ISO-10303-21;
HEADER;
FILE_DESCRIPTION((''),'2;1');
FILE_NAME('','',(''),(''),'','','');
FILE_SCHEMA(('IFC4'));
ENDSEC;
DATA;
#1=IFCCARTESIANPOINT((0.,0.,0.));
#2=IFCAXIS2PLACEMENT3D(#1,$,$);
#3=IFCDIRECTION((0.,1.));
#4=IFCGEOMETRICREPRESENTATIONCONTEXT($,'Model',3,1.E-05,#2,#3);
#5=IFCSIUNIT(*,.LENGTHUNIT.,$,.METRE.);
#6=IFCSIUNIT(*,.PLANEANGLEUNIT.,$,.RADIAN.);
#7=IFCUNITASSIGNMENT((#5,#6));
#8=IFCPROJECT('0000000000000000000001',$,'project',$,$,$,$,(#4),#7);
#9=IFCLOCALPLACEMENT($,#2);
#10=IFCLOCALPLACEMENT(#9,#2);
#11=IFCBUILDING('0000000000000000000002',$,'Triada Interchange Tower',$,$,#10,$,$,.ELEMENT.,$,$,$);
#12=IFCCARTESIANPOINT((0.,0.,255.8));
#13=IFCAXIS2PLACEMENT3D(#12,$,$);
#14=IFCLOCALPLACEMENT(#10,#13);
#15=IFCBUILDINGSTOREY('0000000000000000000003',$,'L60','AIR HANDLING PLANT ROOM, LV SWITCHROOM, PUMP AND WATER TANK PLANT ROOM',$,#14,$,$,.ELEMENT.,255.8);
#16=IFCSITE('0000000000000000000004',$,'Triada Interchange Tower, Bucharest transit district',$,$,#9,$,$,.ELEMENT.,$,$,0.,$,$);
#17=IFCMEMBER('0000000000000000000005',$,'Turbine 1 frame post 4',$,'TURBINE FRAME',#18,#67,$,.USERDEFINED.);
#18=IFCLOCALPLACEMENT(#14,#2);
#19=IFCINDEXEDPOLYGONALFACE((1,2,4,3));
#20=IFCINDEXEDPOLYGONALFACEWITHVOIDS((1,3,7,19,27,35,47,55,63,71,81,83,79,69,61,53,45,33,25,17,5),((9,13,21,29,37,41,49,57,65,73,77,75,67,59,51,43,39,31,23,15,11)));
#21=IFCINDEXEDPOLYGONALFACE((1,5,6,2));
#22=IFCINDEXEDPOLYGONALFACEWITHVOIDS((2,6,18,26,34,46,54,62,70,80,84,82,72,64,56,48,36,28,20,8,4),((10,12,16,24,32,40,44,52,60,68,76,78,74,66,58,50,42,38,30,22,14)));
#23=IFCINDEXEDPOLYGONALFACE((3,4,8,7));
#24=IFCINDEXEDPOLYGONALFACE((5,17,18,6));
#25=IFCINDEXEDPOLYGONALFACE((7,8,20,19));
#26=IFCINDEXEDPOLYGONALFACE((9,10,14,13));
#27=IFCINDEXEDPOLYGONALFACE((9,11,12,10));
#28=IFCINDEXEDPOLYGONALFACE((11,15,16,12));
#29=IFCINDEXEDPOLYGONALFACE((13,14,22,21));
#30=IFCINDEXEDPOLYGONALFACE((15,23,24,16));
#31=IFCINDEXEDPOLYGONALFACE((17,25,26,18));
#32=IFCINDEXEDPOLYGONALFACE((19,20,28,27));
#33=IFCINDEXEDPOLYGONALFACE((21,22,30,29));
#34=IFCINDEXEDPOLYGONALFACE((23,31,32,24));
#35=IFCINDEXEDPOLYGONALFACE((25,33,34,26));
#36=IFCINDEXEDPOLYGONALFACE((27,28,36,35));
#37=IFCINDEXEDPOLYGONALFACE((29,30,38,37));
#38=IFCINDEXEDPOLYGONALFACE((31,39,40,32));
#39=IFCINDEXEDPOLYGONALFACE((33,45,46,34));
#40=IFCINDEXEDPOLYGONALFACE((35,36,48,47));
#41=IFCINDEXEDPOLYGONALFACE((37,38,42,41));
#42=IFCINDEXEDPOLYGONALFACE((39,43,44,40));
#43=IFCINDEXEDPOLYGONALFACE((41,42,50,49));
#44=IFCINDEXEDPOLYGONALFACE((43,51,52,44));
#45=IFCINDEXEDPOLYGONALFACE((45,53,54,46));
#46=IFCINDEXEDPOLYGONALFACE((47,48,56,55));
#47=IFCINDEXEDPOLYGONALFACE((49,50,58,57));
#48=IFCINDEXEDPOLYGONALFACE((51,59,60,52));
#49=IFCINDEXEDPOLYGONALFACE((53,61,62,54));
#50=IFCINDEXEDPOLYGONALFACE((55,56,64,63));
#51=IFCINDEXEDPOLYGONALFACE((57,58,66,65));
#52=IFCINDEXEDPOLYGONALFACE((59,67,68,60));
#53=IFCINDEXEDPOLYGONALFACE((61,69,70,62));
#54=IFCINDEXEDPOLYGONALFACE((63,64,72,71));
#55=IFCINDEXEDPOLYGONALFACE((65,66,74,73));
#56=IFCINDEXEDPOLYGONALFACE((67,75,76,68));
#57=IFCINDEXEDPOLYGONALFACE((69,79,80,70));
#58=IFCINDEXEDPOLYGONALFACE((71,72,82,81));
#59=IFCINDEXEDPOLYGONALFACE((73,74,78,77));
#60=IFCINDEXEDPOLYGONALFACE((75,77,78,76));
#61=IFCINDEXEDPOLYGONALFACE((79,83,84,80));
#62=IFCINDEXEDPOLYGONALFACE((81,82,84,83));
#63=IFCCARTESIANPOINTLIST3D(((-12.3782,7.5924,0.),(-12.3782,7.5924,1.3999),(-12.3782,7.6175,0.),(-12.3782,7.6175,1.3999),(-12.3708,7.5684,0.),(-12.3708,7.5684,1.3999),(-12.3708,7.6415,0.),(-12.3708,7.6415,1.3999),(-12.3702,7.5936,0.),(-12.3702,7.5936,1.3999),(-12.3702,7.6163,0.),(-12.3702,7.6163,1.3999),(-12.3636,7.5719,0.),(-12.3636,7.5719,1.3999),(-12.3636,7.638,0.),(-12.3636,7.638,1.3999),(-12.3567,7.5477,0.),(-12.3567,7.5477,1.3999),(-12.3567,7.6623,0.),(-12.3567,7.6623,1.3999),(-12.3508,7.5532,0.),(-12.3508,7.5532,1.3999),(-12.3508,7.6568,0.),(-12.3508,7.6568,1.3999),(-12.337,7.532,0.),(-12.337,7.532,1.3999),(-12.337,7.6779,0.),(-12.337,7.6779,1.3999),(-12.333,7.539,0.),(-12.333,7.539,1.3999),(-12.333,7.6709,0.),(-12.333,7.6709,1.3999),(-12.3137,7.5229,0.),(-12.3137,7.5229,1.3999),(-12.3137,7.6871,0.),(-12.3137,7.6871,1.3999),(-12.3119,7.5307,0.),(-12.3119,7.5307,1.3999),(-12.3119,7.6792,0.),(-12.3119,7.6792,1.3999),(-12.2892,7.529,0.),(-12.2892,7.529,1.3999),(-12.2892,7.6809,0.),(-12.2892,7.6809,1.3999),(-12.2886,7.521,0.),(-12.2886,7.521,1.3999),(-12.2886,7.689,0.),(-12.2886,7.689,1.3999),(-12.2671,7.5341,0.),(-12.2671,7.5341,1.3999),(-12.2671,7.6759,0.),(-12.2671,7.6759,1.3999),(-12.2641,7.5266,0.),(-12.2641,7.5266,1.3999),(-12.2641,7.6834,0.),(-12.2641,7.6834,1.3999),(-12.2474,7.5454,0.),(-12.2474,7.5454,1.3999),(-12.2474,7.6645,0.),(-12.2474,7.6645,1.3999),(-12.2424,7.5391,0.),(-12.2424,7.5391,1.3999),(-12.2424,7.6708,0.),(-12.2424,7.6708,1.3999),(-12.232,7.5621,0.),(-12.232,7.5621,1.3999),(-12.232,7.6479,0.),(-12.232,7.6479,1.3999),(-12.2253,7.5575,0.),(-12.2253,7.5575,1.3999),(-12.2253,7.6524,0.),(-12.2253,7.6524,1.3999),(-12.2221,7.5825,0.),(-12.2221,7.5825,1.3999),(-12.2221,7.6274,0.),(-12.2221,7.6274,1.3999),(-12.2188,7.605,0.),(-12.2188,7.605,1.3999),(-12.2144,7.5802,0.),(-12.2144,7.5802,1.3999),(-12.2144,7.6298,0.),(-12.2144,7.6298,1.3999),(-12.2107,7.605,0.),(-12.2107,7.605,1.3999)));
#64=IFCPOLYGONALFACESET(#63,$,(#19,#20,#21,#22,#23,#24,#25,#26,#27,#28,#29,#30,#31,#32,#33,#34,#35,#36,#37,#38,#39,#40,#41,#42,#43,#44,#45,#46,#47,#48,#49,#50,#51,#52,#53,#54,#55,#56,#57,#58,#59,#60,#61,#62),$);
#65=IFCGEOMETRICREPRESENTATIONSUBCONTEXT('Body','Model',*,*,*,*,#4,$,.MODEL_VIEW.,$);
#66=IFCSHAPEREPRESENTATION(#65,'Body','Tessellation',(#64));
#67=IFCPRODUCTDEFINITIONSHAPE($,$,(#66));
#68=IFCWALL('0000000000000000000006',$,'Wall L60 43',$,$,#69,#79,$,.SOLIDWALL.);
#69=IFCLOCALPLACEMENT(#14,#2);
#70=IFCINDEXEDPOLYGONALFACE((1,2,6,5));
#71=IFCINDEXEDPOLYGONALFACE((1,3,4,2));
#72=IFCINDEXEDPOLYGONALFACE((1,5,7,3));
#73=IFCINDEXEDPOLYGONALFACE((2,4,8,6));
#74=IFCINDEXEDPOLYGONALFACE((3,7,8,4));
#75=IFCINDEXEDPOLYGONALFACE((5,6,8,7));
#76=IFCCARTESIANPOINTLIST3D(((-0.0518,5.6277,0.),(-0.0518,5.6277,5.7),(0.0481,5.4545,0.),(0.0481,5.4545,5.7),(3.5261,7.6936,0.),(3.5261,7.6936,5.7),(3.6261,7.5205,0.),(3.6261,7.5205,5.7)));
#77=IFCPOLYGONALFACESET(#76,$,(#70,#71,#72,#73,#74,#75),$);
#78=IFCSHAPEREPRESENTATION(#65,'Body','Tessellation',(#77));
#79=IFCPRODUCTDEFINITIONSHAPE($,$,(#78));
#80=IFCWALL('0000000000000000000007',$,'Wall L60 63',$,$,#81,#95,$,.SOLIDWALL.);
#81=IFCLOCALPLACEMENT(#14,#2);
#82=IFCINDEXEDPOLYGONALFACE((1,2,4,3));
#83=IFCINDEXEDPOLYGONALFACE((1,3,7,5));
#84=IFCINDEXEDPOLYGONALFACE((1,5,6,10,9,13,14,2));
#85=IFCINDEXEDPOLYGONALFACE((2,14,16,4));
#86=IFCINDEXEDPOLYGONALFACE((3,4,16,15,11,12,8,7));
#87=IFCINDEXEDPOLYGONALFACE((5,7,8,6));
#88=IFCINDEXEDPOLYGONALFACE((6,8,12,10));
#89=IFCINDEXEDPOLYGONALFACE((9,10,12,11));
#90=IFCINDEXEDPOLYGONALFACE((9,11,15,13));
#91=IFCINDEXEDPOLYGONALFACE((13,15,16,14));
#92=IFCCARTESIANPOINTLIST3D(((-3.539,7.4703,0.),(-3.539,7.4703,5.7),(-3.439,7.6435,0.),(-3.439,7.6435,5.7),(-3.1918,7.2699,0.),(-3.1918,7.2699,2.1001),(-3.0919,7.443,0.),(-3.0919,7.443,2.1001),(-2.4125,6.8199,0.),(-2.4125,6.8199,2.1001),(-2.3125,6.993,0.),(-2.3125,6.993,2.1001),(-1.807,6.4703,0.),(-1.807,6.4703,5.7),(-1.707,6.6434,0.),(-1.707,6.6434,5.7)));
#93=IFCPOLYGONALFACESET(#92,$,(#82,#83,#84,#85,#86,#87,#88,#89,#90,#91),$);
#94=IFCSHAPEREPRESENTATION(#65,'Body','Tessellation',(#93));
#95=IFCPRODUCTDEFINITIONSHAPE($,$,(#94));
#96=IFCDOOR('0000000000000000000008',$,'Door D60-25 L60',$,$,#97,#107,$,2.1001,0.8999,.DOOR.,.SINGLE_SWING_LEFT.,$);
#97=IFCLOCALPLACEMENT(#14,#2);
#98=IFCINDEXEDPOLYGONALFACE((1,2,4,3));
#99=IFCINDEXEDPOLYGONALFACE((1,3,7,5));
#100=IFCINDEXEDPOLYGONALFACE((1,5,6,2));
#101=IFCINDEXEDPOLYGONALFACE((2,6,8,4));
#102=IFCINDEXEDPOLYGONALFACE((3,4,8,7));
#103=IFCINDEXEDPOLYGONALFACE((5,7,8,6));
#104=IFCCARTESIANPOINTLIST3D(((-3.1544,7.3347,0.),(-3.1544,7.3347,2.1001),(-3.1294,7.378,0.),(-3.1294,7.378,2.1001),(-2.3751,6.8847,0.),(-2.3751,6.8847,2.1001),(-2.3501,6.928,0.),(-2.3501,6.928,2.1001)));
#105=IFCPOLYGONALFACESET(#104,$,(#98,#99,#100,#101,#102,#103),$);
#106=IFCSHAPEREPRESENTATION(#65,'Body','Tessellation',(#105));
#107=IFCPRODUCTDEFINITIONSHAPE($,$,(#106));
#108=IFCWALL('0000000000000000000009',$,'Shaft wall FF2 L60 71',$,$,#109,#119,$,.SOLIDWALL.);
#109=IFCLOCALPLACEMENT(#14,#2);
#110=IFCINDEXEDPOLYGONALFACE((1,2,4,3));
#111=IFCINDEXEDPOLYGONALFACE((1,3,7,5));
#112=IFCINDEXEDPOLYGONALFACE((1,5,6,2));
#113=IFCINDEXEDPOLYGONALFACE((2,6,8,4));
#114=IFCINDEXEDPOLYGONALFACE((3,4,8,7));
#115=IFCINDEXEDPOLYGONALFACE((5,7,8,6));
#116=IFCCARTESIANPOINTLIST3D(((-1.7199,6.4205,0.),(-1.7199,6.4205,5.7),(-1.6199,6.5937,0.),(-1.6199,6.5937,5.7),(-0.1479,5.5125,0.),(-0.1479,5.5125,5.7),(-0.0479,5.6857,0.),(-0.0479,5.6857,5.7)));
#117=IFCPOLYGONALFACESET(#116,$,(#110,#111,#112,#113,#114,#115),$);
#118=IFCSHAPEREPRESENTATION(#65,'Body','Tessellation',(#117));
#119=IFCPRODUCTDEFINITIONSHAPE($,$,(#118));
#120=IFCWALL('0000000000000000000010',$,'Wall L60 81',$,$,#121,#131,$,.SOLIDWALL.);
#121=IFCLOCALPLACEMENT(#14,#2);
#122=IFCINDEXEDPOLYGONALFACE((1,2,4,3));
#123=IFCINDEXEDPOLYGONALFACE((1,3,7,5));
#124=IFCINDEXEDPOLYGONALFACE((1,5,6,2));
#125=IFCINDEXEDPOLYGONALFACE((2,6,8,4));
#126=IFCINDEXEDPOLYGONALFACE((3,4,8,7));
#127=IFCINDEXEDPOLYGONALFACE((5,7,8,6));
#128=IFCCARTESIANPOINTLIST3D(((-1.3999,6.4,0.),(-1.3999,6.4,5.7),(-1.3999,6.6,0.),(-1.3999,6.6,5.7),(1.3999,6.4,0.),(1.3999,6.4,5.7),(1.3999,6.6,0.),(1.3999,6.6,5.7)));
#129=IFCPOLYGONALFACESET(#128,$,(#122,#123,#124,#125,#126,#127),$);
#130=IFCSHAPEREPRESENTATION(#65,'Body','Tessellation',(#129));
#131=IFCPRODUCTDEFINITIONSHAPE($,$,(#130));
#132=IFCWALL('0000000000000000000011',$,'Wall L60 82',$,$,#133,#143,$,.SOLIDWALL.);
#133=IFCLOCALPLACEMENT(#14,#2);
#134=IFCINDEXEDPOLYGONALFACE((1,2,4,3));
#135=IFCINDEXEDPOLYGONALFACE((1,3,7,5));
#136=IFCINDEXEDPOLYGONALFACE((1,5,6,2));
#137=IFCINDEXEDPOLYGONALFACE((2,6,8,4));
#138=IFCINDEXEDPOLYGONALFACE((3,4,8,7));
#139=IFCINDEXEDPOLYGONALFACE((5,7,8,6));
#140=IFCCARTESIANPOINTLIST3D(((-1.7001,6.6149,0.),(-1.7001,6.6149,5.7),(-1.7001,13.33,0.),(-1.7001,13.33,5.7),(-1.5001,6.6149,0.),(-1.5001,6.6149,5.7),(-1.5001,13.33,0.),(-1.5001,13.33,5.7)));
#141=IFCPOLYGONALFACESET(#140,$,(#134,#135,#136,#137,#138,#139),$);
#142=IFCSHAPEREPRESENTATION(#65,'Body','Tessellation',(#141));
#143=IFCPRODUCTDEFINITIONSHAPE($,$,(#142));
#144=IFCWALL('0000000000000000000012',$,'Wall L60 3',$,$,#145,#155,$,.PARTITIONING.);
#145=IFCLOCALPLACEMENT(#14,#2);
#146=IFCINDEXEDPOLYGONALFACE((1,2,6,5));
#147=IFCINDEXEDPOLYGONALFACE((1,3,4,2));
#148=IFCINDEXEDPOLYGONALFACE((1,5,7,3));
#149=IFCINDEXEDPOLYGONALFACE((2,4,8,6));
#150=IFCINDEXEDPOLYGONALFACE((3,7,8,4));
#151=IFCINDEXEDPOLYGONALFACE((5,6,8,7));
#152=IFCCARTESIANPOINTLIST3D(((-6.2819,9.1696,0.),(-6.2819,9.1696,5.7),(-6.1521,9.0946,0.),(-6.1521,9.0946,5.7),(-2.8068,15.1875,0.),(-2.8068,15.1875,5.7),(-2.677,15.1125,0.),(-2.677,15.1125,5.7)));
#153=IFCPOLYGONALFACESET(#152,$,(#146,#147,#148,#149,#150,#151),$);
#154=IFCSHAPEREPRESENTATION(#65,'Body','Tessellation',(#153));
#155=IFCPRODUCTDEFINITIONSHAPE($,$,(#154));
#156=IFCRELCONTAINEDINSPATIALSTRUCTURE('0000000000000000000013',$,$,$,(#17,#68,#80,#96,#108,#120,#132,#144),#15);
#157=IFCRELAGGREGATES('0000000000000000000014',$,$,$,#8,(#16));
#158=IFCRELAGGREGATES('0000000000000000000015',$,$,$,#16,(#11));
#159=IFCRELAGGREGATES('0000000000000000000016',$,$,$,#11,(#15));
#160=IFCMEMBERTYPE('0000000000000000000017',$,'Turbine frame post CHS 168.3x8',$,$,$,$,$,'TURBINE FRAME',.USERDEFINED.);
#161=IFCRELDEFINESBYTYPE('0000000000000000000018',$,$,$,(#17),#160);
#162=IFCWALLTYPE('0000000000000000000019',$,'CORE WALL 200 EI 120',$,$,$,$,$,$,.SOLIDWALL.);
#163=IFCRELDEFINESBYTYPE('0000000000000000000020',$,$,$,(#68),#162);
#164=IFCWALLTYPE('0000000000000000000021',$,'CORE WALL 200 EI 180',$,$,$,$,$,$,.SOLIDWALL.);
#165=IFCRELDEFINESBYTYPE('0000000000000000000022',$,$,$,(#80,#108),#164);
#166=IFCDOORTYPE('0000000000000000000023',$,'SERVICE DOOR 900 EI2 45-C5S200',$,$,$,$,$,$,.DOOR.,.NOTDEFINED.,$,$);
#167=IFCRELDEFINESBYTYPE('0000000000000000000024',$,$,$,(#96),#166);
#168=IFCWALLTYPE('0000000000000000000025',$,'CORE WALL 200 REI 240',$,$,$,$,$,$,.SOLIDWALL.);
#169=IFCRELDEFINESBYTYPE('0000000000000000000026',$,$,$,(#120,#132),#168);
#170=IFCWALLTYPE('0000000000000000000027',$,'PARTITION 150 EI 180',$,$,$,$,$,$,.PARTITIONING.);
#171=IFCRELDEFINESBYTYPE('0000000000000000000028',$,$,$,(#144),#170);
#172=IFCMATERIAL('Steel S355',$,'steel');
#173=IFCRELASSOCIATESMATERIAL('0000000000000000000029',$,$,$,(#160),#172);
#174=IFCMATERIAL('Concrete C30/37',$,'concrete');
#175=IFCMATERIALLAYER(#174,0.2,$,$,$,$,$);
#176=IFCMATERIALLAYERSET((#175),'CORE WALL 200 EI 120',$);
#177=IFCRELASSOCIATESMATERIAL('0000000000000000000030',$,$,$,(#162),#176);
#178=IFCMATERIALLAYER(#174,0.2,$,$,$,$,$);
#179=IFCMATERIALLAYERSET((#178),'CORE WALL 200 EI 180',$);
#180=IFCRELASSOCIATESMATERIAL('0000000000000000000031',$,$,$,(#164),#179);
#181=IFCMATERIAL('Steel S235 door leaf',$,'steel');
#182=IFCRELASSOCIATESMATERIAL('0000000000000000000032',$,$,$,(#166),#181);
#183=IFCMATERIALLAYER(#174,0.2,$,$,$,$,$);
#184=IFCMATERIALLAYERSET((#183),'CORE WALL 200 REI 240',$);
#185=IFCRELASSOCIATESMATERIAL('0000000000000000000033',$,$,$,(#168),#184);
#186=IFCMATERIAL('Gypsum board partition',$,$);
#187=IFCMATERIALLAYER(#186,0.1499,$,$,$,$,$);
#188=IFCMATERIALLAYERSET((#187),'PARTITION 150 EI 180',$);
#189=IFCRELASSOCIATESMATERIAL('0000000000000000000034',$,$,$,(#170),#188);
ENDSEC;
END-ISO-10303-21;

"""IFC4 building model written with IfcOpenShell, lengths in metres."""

from ifc_helpers import new_model, si_unit, direction, frame, frame_2d, origin, origin_2d, place, context, subcontext, project, spatial, rectangle, hollow_circle, extrude, material, layer, layer_set, material_profile, profile_set, type_object, element, fill, save


model = new_model("IFC4")

# Units and contexts
model_context = context("Model", 3, precision=1e-05, world=origin(), true_north=direction((0.0, 1.0)))
body_context = subcontext(model_context, "Body", "Model", "MODEL_VIEW")
ifc_project = project(units=[si_unit("LENGTHUNIT", "METRE"), si_unit("PLANEANGLEUNIT", "RADIAN")], contexts=[model_context])

# Site, building, storey
site_placement = place(None, origin())
site = spatial("IfcSite", under=ifc_project, at=site_placement, Name="Triada Interchange Tower, Bucharest transit district", CompositionType="ELEMENT", RefElevation=0.0)
building_placement = place(site_placement, origin())
building = spatial("IfcBuilding", under=site, at=building_placement, Name="Triada Interchange Tower", CompositionType="ELEMENT")
storey_placement = place(building_placement, frame((0.0, 0.0, 255.8)))
storey = spatial("IfcBuildingStorey", under=building, at=storey_placement, Name="L60", Description="AIR HANDLING PLANT ROOM, LV SWITCHROOM, PUMP AND WATER TANK PLANT ROOM", CompositionType="ELEMENT", Elevation=255.8)

# Member
ifc_material_1 = material(Name="Steel S355", Category="steel")
ifc_material_profile_1 = material_profile(ifc_material_1, hollow_circle(Radius=0.0842, WallThickness=0.0081, at=origin_2d()), Name="CHS 168.3x8")
ifc_profile_set_1 = profile_set([ifc_material_profile_1], Name="Steel S355")
member_type_1 = type_object("IfcMemberType", Name="Turbine frame post CHS 168.3x8", ElementType="TURBINE FRAME", PredefinedType="USERDEFINED", material=ifc_profile_set_1)
for number, where, z_axis, x_axis, name in (
    (1, (-12.2949, 7.605, 0.0), (0.0, 0.0, 1.0), (1.0, 0.0, 0.0), "Turbine 1 frame post 4"),
):
    element("IfcMember", number, at=place(storey_placement, frame(where, z_axis=z_axis, x_axis=x_axis)), inside=storey, type_object=member_type_1, Name=name, ObjectType="TURBINE FRAME", PredefinedType="USERDEFINED", context=body_context, shape_type="SweptSolid", body=[
        extrude(hollow_circle(Radius=0.0842, WallThickness=0.0081, at=origin_2d()), origin(), (0.0, 0.0, 1.0), 1.3999),
    ])

# Wall
ifc_material_2 = material(Name="Concrete C30/37", Category="concrete")
ifc_layer_1 = layer(ifc_material_2, 0.2)
ifc_layer_set_1 = layer_set([ifc_layer_1], Name="CORE WALL 200 EI 120")
wall_type_1 = type_object("IfcWallType", Name="CORE WALL 200 EI 120", PredefinedType="SOLIDWALL", material=ifc_layer_set_1)
wall_1_placement = place(storey_placement, frame((-0.002, 5.541, 0.0), z_axis=(0.0, 0.0, 1.0), x_axis=(0.866002, 0.500041, 0.0)))
element("IfcWall", 2, at=wall_1_placement, inside=storey, type_object=wall_type_1, Name="Wall L60 43", PredefinedType="SOLIDWALL", context=body_context, shape_type="SweptSolid", body=[
    extrude(rectangle(XDim=4.1316, YDim=0.2, at=frame_2d((2.0659, 0.0))), origin(), (0.0, 0.0, 1.0), 5.7),
])

# Wall, opening, door
ifc_layer_2 = layer(ifc_material_2, 0.2)
ifc_layer_set_2 = layer_set([ifc_layer_2], Name="CORE WALL 200 EI 180")
wall_type_2 = type_object("IfcWallType", Name="CORE WALL 200 EI 180", PredefinedType="SOLIDWALL", material=ifc_layer_set_2)
wall_2_placement = place(storey_placement, frame((-3.489, 7.5569, 0.0), z_axis=(0.0, 0.0, 1.0), x_axis=(0.866011, -0.500025, 0.0)))
wall_2 = element("IfcWall", 3, at=wall_2_placement, inside=storey, type_object=wall_type_2, Name="Wall L60 63", PredefinedType="SOLIDWALL", context=body_context, shape_type="SweptSolid", body=[
    extrude(rectangle(XDim=2.0, YDim=0.2, at=frame_2d((1.0, 0.0))), origin(), (0.0, 0.0, 1.0), 5.7),
])
opening_placement = place(wall_2_placement, frame((0.4009, 0.0, 0.0)))
opening = element("IfcOpeningElement", 4, at=opening_placement, cuts=wall_2, PredefinedType="OPENING", context=body_context, shape_type="SweptSolid", body=[
    extrude(rectangle(XDim=0.8999, YDim=2.1001, at=frame_2d((0.45, 1.05))), frame((0.0, 0.1099, 0.0), z_axis=(0.0, -1.0, 0.0), x_axis=(1.0, 0.0, 0.0)), (0.0, 0.0, 1.0), 0.22),
])
ifc_material_3 = material(Name="Steel S235 door leaf", Category="steel")
door_type = type_object("IfcDoorType", Name="SERVICE DOOR 900 EI2 45-C5S200", OperationType="NOTDEFINED", PredefinedType="DOOR", material=ifc_material_3)
door_placement = place(opening_placement, origin())
door = element("IfcDoor", 5, at=door_placement, inside=storey, type_object=door_type, Name="Door D60-25 L60", OperationType="SINGLE_SWING_LEFT", OverallHeight=2.1001, OverallWidth=0.8999, PredefinedType="DOOR", context=body_context, shape_type="SweptSolid", body=[
    extrude(rectangle(XDim=0.8999, YDim=2.1001, at=frame_2d((0.45, 1.05))), frame((0.0, 0.0249, 0.0), z_axis=(0.0, -1.0, 0.0), x_axis=(1.0, 0.0, 0.0)), (0.0, 0.0, 1.0), 0.05),
])
fill(opening, door)

# Walls
wall_3_placement = place(storey_placement, frame((-1.6699, 6.5071, 0.0), z_axis=(0.0, 0.0, 1.0), x_axis=(0.865941, -0.500145, 0.0)))
element("IfcWall", 6, at=wall_3_placement, inside=storey, type_object=wall_type_2, Name="Shaft wall FF2 L60 71", PredefinedType="SOLIDWALL", context=body_context, shape_type="SweptSolid", body=[
    extrude(rectangle(XDim=1.8154, YDim=0.2, at=frame_2d((0.9077, 0.0))), origin(), (0.0, 0.0, 1.0), 5.7),
])
ifc_layer_3 = layer(ifc_material_2, 0.2)
ifc_layer_set_3 = layer_set([ifc_layer_3], Name="CORE WALL 200 REI 240")
wall_type_3 = type_object("IfcWallType", Name="CORE WALL 200 REI 240", PredefinedType="SOLIDWALL", material=ifc_layer_set_3)
wall_4_placement = place(storey_placement, frame((-1.3999, 6.5, 0.0), z_axis=(0.0, 0.0, 1.0), x_axis=(1.0, 0.0, 0.0)))
element("IfcWall", 7, at=wall_4_placement, inside=storey, type_object=wall_type_3, Name="Wall L60 81", PredefinedType="SOLIDWALL", context=body_context, shape_type="SweptSolid", body=[
    extrude(rectangle(XDim=2.7998, YDim=0.2, at=frame_2d((1.3999, 0.0))), origin(), (0.0, 0.0, 1.0), 5.7),
])
wall_5_placement = place(storey_placement, frame((-1.6001, 6.615, 0.0), z_axis=(0.0, 0.0, 1.0), x_axis=(0.0, 1.0, 0.0)))
element("IfcWall", 8, at=wall_5_placement, inside=storey, type_object=wall_type_3, Name="Wall L60 82", PredefinedType="SOLIDWALL", context=body_context, shape_type="SweptSolid", body=[
    extrude(rectangle(XDim=6.7151, YDim=0.2, at=frame_2d((3.3574, 0.0))), origin(), (0.0, 0.0, 1.0), 5.7),
])
ifc_material_4 = material(Name="Gypsum board partition")
ifc_layer_4 = layer(ifc_material_4, 0.1499)
ifc_layer_set_4 = layer_set([ifc_layer_4], Name="PARTITION 150 EI 180")
wall_type_4 = type_object("IfcWallType", Name="PARTITION 150 EI 180", PredefinedType="PARTITIONING", material=ifc_layer_set_4)
wall_6_placement = place(storey_placement, frame((-6.217, 9.1321, 0.0), z_axis=(0.0, 0.0, 1.0), x_axis=(0.500076, 0.865981, 0.0)))
element("IfcWall", 9, at=wall_6_placement, inside=storey, type_object=wall_type_4, Name="Wall L60 3", PredefinedType="PARTITIONING", context=body_context, shape_type="SweptSolid", body=[
    extrude(rectangle(XDim=6.9492, YDim=0.1499, at=frame_2d((3.4746, 0.0))), origin(), (0.0, 0.0, 1.0), 5.7),
])

save(model, "model.ifc")
